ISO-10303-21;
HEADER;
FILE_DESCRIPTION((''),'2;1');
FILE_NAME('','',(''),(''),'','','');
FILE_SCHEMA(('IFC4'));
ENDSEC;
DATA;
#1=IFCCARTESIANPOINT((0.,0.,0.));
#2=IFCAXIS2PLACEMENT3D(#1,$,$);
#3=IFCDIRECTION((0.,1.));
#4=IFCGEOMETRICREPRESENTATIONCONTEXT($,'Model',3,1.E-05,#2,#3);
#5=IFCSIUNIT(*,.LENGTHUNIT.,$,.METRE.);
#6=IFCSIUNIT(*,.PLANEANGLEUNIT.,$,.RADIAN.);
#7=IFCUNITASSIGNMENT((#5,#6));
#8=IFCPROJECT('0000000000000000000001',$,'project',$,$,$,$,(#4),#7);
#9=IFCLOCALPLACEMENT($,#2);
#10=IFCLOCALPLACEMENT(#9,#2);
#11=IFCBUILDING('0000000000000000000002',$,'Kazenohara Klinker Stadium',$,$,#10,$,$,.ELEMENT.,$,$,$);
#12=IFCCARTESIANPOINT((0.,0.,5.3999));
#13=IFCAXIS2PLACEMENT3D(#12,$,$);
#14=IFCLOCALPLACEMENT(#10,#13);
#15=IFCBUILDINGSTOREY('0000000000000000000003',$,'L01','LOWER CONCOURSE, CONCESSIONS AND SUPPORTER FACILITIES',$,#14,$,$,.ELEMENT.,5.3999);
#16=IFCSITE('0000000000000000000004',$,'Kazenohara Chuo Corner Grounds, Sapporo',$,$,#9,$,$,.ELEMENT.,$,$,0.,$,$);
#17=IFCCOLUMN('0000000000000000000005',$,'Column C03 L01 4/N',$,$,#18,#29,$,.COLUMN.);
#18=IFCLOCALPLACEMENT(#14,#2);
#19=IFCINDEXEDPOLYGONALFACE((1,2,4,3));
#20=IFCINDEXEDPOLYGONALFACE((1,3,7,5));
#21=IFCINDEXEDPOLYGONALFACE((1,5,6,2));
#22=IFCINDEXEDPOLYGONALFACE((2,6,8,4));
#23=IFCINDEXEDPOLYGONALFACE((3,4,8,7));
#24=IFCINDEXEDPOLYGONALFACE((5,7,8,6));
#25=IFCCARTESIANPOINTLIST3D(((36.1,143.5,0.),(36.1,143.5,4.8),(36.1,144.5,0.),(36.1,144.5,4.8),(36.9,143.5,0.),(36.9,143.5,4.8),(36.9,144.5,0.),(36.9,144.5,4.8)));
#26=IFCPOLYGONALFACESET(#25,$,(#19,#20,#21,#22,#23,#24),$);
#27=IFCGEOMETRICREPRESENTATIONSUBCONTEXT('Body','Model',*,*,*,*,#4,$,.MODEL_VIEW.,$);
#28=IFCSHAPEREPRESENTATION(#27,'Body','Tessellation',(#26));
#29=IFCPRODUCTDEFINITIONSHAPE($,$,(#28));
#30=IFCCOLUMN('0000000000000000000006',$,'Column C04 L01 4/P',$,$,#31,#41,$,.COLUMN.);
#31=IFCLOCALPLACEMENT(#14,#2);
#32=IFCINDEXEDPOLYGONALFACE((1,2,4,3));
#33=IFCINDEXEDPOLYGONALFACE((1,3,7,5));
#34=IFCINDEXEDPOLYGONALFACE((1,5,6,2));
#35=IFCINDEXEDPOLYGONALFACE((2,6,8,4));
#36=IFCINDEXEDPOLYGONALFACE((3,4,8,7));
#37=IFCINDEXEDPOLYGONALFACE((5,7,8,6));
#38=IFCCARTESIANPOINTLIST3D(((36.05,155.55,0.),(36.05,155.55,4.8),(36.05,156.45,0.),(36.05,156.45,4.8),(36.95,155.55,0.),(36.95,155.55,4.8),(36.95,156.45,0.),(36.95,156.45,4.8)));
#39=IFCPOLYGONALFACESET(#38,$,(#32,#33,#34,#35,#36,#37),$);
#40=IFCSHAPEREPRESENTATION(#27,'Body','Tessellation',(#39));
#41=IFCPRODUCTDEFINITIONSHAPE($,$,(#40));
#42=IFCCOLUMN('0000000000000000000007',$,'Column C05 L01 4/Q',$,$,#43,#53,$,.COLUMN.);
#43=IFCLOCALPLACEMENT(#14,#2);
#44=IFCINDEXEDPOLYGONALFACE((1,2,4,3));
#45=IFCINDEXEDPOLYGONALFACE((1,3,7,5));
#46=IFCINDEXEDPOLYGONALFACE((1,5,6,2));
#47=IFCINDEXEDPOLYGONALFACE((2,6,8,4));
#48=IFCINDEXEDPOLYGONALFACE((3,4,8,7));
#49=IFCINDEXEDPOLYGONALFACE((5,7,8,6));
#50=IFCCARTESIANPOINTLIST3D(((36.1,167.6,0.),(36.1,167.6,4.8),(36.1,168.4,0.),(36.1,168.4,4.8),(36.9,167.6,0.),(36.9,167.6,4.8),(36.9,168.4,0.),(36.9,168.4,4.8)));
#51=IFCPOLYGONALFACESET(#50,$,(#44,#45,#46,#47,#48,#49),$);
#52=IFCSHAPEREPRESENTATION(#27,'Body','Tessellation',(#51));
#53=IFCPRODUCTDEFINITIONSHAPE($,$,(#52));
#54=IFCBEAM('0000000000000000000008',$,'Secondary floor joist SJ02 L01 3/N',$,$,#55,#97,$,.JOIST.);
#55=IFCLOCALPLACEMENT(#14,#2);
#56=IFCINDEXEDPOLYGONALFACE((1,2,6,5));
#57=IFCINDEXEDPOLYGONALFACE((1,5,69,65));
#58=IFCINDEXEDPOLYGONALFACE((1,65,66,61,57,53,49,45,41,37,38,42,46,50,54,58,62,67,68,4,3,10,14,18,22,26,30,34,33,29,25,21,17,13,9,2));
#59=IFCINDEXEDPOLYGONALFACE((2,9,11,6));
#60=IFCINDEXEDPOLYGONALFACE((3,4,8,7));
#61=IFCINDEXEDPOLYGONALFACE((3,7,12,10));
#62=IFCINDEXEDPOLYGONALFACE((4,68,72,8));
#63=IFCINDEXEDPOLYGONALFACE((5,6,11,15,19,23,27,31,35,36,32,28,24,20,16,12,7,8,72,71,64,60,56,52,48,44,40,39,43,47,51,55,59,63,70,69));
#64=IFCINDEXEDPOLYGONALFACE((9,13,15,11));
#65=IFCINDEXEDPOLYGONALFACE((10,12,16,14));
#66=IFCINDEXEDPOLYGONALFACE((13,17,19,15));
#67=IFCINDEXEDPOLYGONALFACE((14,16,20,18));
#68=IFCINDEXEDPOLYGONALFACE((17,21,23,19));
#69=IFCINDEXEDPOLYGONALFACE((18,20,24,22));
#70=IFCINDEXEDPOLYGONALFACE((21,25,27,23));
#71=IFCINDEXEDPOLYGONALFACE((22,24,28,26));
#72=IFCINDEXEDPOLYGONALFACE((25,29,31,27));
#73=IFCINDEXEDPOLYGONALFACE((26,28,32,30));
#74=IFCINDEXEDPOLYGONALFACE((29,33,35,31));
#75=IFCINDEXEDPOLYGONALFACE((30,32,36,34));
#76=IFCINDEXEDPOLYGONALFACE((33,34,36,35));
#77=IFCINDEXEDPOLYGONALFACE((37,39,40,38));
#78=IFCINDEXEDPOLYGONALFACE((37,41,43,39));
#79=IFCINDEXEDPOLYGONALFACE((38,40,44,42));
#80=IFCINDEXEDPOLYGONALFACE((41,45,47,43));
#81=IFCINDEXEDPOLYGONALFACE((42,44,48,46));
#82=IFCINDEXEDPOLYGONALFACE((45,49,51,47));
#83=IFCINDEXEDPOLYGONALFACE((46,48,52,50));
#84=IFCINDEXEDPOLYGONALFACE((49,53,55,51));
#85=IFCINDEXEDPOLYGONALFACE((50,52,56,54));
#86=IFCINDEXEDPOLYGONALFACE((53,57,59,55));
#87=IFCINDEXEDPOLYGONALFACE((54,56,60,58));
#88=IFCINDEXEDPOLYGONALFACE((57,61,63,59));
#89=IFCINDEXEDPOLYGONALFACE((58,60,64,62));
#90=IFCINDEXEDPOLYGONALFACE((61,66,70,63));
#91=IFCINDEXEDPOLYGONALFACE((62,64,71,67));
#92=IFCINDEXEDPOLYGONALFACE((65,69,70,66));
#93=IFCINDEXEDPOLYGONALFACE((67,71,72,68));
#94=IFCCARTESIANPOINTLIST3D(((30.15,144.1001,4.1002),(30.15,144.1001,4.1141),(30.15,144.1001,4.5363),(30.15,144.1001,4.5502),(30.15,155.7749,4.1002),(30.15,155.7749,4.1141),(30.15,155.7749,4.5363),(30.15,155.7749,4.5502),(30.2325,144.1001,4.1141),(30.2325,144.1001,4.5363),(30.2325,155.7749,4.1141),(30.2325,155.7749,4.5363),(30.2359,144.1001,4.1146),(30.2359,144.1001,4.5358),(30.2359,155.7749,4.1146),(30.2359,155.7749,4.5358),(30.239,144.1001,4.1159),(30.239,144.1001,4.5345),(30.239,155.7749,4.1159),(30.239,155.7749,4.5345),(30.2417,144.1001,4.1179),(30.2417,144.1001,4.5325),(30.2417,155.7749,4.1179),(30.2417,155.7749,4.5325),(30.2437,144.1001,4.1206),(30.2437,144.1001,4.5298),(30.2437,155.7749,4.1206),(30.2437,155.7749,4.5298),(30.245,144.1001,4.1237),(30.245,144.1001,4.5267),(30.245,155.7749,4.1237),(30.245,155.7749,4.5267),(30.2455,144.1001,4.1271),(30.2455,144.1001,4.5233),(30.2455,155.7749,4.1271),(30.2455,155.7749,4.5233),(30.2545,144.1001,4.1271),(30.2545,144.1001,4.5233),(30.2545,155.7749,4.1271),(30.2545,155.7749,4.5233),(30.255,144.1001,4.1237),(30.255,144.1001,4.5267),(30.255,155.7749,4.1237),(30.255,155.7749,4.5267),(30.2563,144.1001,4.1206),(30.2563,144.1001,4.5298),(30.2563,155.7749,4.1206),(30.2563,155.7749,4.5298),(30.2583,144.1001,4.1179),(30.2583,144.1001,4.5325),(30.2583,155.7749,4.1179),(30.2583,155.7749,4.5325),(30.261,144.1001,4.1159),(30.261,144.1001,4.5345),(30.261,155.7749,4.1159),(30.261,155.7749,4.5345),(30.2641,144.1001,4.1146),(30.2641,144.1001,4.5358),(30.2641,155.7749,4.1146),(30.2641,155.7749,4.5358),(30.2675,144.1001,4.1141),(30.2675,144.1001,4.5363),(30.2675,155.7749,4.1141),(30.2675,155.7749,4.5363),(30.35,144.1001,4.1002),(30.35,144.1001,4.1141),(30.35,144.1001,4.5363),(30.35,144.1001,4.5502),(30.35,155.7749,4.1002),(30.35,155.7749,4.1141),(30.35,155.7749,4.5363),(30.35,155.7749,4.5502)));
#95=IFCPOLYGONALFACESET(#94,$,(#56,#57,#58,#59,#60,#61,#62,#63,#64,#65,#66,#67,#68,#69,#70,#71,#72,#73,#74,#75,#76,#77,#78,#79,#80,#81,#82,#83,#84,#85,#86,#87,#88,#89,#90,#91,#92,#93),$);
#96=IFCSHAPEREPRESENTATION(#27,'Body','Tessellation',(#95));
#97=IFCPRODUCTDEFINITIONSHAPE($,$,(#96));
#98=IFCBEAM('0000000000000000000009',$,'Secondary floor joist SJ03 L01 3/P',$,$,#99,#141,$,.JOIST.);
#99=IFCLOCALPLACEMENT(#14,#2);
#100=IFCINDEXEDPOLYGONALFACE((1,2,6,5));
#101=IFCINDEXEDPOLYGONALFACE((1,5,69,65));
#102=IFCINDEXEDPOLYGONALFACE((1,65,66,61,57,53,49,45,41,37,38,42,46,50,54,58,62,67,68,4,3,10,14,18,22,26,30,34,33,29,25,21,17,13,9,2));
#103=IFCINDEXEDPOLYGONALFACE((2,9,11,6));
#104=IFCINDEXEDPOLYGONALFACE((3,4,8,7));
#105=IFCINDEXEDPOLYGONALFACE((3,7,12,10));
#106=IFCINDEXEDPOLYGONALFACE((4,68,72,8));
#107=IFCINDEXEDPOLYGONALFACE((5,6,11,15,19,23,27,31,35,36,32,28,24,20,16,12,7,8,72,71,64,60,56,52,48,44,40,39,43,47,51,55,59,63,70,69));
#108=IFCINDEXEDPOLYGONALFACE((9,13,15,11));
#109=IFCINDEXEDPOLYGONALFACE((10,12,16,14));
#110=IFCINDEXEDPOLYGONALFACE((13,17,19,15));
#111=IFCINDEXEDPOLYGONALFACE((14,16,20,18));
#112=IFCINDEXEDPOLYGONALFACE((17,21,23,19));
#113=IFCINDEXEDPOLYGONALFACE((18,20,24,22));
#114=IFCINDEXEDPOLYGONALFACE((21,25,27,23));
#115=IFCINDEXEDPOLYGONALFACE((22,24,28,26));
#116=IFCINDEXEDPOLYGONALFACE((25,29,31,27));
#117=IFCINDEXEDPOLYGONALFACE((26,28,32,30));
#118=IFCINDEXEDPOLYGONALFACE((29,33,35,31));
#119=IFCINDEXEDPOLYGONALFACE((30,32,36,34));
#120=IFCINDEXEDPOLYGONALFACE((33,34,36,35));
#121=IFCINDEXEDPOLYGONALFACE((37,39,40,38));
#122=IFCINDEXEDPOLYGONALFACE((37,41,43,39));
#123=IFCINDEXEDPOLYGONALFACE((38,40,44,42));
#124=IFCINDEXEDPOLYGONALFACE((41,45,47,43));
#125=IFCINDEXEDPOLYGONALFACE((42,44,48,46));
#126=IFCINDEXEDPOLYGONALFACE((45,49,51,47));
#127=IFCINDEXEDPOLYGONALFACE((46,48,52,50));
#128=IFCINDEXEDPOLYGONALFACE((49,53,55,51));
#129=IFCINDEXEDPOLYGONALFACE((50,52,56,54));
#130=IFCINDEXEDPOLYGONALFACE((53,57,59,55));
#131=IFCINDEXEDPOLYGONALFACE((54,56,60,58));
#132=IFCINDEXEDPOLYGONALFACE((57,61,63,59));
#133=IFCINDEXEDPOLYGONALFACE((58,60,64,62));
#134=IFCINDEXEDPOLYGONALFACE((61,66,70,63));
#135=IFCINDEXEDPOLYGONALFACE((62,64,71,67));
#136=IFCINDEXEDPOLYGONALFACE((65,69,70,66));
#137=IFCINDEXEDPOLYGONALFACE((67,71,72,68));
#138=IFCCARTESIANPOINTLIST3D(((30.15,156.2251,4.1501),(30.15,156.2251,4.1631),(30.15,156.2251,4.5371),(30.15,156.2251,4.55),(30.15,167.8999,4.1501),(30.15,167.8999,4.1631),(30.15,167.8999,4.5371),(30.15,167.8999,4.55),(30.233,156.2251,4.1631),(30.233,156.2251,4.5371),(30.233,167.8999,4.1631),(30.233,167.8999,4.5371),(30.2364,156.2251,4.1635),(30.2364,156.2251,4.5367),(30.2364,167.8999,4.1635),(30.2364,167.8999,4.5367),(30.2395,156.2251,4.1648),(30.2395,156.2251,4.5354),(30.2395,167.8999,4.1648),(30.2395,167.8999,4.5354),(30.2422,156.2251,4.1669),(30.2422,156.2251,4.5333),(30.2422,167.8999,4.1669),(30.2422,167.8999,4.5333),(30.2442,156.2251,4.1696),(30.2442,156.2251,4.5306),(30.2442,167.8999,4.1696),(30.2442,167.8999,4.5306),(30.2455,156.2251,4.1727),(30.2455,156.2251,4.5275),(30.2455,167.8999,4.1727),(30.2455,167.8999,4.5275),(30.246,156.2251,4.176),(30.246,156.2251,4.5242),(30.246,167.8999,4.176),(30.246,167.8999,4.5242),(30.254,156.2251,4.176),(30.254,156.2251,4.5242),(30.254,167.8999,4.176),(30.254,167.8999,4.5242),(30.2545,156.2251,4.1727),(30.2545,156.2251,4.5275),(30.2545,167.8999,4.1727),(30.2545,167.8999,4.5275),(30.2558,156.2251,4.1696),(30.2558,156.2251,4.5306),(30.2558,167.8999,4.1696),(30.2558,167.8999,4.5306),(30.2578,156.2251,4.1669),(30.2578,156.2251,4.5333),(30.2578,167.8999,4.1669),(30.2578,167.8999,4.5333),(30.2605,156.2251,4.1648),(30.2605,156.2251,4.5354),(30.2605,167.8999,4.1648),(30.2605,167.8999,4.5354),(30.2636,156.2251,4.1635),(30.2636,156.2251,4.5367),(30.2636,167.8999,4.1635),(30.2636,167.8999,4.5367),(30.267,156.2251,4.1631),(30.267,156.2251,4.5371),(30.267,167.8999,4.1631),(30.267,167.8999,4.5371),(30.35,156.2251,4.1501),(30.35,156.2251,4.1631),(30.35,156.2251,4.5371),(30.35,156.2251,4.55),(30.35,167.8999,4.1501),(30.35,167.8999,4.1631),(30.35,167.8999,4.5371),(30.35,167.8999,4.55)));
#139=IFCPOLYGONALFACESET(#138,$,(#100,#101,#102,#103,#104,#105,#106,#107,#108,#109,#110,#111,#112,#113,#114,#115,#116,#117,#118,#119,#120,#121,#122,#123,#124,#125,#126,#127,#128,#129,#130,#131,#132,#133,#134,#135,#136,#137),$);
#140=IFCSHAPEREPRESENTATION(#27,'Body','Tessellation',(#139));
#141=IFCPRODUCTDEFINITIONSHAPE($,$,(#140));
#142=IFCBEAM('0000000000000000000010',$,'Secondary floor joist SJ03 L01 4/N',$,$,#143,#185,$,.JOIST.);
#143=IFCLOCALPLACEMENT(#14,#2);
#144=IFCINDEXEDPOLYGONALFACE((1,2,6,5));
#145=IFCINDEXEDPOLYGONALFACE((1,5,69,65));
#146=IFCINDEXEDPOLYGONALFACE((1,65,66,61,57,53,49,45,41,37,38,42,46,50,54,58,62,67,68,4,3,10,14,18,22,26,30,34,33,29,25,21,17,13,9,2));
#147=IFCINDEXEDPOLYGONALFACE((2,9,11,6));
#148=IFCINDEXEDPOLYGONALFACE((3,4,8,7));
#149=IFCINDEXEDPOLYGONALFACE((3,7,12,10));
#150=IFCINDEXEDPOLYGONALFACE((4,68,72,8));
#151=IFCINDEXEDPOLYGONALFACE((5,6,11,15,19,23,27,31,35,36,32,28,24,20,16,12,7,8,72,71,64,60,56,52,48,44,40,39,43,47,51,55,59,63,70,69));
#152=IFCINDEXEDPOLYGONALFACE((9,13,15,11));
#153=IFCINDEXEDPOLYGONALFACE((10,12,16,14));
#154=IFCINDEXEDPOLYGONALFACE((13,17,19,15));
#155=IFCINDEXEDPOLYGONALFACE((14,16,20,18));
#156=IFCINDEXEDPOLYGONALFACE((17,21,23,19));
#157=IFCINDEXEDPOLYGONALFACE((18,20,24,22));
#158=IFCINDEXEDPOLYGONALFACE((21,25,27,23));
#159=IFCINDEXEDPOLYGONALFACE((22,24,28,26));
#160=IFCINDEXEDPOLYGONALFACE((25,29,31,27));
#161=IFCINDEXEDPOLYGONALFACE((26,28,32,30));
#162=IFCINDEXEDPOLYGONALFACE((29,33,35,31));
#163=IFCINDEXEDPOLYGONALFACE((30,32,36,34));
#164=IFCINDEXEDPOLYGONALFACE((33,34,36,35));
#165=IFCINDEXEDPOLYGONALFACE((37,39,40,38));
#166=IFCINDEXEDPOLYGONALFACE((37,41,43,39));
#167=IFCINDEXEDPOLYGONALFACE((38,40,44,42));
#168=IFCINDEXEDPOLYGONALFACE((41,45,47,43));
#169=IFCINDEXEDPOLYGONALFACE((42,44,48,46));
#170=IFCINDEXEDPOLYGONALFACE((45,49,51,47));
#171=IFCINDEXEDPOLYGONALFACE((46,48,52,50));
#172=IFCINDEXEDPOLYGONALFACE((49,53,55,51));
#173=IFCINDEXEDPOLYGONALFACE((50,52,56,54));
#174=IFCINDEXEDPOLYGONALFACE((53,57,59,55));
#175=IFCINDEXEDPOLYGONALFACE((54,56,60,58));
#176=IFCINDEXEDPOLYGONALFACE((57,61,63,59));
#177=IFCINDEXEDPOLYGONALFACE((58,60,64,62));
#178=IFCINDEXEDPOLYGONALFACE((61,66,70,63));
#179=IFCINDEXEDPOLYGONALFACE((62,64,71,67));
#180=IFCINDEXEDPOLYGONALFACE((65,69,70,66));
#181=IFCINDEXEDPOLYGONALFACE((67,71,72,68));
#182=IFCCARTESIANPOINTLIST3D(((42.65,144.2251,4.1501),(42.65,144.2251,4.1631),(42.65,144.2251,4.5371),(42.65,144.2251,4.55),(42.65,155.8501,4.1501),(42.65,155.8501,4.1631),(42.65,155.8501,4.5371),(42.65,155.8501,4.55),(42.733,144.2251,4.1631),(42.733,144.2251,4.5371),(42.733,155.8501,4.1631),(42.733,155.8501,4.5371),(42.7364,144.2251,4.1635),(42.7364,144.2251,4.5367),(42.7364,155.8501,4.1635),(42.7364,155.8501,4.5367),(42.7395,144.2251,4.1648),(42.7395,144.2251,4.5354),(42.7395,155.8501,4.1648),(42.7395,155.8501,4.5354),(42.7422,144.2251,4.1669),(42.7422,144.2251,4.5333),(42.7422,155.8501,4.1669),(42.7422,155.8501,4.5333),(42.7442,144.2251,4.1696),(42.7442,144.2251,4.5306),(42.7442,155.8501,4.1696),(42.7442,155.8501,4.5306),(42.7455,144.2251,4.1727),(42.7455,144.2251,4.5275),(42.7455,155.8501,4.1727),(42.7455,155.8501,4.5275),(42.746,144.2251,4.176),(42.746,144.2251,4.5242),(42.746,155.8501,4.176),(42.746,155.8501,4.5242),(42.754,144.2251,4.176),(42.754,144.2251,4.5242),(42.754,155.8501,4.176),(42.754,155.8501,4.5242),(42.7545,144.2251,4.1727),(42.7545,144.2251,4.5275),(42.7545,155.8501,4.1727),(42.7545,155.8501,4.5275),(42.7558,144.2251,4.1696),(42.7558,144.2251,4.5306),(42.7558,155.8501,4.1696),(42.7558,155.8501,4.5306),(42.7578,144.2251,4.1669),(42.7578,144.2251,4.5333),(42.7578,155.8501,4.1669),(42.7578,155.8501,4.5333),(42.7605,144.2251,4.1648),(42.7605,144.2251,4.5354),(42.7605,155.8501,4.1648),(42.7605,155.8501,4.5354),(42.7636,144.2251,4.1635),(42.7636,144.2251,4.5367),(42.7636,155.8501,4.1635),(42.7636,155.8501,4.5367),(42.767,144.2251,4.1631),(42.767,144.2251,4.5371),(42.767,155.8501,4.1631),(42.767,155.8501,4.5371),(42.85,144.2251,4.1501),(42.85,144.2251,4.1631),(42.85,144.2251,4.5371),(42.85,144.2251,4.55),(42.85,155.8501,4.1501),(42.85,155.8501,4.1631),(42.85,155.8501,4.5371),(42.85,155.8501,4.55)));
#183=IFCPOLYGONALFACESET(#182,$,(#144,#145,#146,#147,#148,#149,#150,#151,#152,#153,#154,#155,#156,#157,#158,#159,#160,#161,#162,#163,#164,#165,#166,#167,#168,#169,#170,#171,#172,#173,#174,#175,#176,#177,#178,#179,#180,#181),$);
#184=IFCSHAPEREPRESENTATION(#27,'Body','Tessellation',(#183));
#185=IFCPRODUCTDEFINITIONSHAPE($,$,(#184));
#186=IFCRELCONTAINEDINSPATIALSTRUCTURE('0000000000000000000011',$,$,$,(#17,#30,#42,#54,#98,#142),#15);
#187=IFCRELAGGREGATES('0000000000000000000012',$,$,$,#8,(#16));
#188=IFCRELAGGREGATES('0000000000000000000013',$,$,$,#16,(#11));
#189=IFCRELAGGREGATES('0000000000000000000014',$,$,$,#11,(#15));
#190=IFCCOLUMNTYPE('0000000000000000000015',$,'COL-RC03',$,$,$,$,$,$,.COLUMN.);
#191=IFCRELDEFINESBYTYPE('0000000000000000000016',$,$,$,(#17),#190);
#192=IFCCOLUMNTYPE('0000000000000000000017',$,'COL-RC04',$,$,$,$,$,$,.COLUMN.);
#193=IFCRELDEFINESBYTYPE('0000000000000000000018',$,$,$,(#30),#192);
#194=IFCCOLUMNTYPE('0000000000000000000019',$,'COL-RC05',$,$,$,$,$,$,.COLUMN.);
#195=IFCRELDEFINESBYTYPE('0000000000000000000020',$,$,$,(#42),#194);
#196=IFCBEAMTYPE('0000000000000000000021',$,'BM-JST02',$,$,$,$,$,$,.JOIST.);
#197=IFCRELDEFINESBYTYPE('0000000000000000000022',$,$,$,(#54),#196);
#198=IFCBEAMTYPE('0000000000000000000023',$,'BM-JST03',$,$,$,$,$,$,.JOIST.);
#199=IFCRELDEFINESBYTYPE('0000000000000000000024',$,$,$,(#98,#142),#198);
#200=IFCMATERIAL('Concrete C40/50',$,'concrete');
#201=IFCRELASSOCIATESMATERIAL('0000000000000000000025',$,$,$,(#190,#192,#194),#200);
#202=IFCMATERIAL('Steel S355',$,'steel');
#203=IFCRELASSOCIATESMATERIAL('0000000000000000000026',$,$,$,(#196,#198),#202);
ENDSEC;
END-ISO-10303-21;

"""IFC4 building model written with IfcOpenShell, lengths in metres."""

from ifc_helpers import new_model, si_unit, direction, frame, origin, origin_2d, place, context, subcontext, project, spatial, rectangle, i_section, extrude, material, material_profile, profile_set, type_object, element, save


model = new_model("IFC4")

# Units and contexts
model_context = context("Model", 3, precision=1e-05, world=origin(), true_north=direction((0.0, 1.0)))
body_context = subcontext(model_context, "Body", "Model", "MODEL_VIEW")
ifc_project = project(units=[si_unit("LENGTHUNIT", "METRE"), si_unit("PLANEANGLEUNIT", "RADIAN")], contexts=[model_context])

# Site, building, storey
site_placement = place(None, origin())
site = spatial("IfcSite", under=ifc_project, at=site_placement, Name="Kazenohara Chuo Corner Grounds, Sapporo", CompositionType="ELEMENT", RefElevation=0.0)
building_placement = place(site_placement, origin())
building = spatial("IfcBuilding", under=site, at=building_placement, Name="Kazenohara Klinker Stadium", CompositionType="ELEMENT")
storey_placement = place(building_placement, frame((0.0, 0.0, 5.3999)))
storey = spatial("IfcBuildingStorey", under=building, at=storey_placement, Name="L01", Description="LOWER CONCOURSE, CONCESSIONS AND SUPPORTER FACILITIES", CompositionType="ELEMENT", Elevation=5.3999)

# Columns
ifc_material_1 = material(Name="Concrete C40/50", Category="concrete")
ifc_material_profile_1 = material_profile(ifc_material_1, rectangle(XDim=0.8, YDim=1.0, at=origin_2d()), Name="RC-COL-1000x800")
ifc_profile_set_1 = profile_set([ifc_material_profile_1], Name="Concrete C40/50")
column_type_1 = type_object("IfcColumnType", Name="COL-RC03", PredefinedType="COLUMN", material=ifc_profile_set_1)
column_1_placement = place(storey_placement, frame((36.5, 144.0, 0.0), z_axis=(0.0, 0.0, 1.0), x_axis=(1.0, 0.0, 0.0)))
element("IfcColumn", 1, at=column_1_placement, inside=storey, type_object=column_type_1, Name="Column C03 L01 4/N", PredefinedType="COLUMN", context=body_context, shape_type="SweptSolid", body=[
    extrude(rectangle(XDim=0.8, YDim=1.0, at=origin_2d()), origin(), (0.0, 0.0, 1.0), 4.8),
])
ifc_material_profile_2 = material_profile(ifc_material_1, rectangle(XDim=0.8999, YDim=0.8999, at=origin_2d()), Name="RC-COL-900x900")
ifc_profile_set_2 = profile_set([ifc_material_profile_2], Name="Concrete C40/50")
column_type_2 = type_object("IfcColumnType", Name="COL-RC04", PredefinedType="COLUMN", material=ifc_profile_set_2)
column_2_placement = place(storey_placement, frame((36.5, 156.0, 0.0), z_axis=(0.0, 0.0, 1.0), x_axis=(1.0, 0.0, 0.0)))
element("IfcColumn", 2, at=column_2_placement, inside=storey, type_object=column_type_2, Name="Column C04 L01 4/P", PredefinedType="COLUMN", context=body_context, shape_type="SweptSolid", body=[
    extrude(rectangle(XDim=0.8999, YDim=0.8999, at=origin_2d()), origin(), (0.0, 0.0, 1.0), 4.8),
])
ifc_material_profile_3 = material_profile(ifc_material_1, rectangle(XDim=0.8, YDim=0.8, at=origin_2d()), Name="RC-COL-800x800")
ifc_profile_set_3 = profile_set([ifc_material_profile_3], Name="Concrete C40/50")
column_type_3 = type_object("IfcColumnType", Name="COL-RC05", PredefinedType="COLUMN", material=ifc_profile_set_3)
column_3_placement = place(storey_placement, frame((36.5, 168.0, 0.0), z_axis=(0.0, 0.0, 1.0), x_axis=(1.0, 0.0, 0.0)))
element("IfcColumn", 3, at=column_3_placement, inside=storey, type_object=column_type_3, Name="Column C05 L01 4/Q", PredefinedType="COLUMN", context=body_context, shape_type="SweptSolid", body=[
    extrude(rectangle(XDim=0.8, YDim=0.8, at=origin_2d()), origin(), (0.0, 0.0, 1.0), 4.8),
])

# Beams
ifc_material_2 = material(Name="Steel S355", Category="steel")
ifc_material_profile_4 = material_profile(ifc_material_2, i_section(OverallWidth=0.2, OverallDepth=0.45, WebThickness=0.009, FlangeThickness=0.0139, FilletRadius=0.0129, at=origin_2d()), Name="H-450x200x9x14")
ifc_profile_set_4 = profile_set([ifc_material_profile_4], Name="Steel S355")
beam_type_1 = type_object("IfcBeamType", Name="BM-JST02", PredefinedType="JOIST", material=ifc_profile_set_4)
beam_1_placement = place(storey_placement, frame((30.25, 144.1001, 4.3252), z_axis=(0.0, 1.0, 0.0), x_axis=(-1.0, 0.0, 0.0)))
element("IfcBeam", 4, at=beam_1_placement, inside=storey, type_object=beam_type_1, Name="Secondary floor joist SJ02 L01 3/N", PredefinedType="JOIST", context=body_context, shape_type="SweptSolid", body=[
    extrude(i_section(OverallWidth=0.2, OverallDepth=0.45, WebThickness=0.009, FlangeThickness=0.0139, FilletRadius=0.0129, at=origin_2d()), origin(), (0.0, 0.0, 1.0), 11.6748),
])
ifc_material_profile_5 = material_profile(ifc_material_2, i_section(OverallWidth=0.2, OverallDepth=0.3999, WebThickness=0.0081, FlangeThickness=0.0129, FilletRadius=0.0129, at=origin_2d()), Name="H-400x200x8x13")
ifc_profile_set_5 = profile_set([ifc_material_profile_5], Name="Steel S355")
beam_type_2 = type_object("IfcBeamType", Name="BM-JST03", PredefinedType="JOIST", material=ifc_profile_set_5)
beam_2_placement = place(storey_placement, frame((30.25, 156.2251, 4.3501), z_axis=(0.0, 1.0, 0.0), x_axis=(-1.0, 0.0, 0.0)))
element("IfcBeam", 5, at=beam_2_placement, inside=storey, type_object=beam_type_2, Name="Secondary floor joist SJ03 L01 3/P", PredefinedType="JOIST", context=body_context, shape_type="SweptSolid", body=[
    extrude(i_section(OverallWidth=0.2, OverallDepth=0.3999, WebThickness=0.0081, FlangeThickness=0.0129, FilletRadius=0.0129, at=origin_2d()), origin(), (0.0, 0.0, 1.0), 11.6748),
])
beam_3_placement = place(storey_placement, frame((42.75, 144.2251, 4.3501), z_axis=(0.0, 1.0, 0.0), x_axis=(-1.0, 0.0, 0.0)))
element("IfcBeam", 6, at=beam_3_placement, inside=storey, type_object=beam_type_2, Name="Secondary floor joist SJ03 L01 4/N", PredefinedType="JOIST", context=body_context, shape_type="SweptSolid", body=[
    extrude(i_section(OverallWidth=0.2, OverallDepth=0.3999, WebThickness=0.0081, FlangeThickness=0.0129, FilletRadius=0.0129, at=origin_2d()), origin(), (0.0, 0.0, 1.0), 11.625),
])

save(model, "model.ifc")
